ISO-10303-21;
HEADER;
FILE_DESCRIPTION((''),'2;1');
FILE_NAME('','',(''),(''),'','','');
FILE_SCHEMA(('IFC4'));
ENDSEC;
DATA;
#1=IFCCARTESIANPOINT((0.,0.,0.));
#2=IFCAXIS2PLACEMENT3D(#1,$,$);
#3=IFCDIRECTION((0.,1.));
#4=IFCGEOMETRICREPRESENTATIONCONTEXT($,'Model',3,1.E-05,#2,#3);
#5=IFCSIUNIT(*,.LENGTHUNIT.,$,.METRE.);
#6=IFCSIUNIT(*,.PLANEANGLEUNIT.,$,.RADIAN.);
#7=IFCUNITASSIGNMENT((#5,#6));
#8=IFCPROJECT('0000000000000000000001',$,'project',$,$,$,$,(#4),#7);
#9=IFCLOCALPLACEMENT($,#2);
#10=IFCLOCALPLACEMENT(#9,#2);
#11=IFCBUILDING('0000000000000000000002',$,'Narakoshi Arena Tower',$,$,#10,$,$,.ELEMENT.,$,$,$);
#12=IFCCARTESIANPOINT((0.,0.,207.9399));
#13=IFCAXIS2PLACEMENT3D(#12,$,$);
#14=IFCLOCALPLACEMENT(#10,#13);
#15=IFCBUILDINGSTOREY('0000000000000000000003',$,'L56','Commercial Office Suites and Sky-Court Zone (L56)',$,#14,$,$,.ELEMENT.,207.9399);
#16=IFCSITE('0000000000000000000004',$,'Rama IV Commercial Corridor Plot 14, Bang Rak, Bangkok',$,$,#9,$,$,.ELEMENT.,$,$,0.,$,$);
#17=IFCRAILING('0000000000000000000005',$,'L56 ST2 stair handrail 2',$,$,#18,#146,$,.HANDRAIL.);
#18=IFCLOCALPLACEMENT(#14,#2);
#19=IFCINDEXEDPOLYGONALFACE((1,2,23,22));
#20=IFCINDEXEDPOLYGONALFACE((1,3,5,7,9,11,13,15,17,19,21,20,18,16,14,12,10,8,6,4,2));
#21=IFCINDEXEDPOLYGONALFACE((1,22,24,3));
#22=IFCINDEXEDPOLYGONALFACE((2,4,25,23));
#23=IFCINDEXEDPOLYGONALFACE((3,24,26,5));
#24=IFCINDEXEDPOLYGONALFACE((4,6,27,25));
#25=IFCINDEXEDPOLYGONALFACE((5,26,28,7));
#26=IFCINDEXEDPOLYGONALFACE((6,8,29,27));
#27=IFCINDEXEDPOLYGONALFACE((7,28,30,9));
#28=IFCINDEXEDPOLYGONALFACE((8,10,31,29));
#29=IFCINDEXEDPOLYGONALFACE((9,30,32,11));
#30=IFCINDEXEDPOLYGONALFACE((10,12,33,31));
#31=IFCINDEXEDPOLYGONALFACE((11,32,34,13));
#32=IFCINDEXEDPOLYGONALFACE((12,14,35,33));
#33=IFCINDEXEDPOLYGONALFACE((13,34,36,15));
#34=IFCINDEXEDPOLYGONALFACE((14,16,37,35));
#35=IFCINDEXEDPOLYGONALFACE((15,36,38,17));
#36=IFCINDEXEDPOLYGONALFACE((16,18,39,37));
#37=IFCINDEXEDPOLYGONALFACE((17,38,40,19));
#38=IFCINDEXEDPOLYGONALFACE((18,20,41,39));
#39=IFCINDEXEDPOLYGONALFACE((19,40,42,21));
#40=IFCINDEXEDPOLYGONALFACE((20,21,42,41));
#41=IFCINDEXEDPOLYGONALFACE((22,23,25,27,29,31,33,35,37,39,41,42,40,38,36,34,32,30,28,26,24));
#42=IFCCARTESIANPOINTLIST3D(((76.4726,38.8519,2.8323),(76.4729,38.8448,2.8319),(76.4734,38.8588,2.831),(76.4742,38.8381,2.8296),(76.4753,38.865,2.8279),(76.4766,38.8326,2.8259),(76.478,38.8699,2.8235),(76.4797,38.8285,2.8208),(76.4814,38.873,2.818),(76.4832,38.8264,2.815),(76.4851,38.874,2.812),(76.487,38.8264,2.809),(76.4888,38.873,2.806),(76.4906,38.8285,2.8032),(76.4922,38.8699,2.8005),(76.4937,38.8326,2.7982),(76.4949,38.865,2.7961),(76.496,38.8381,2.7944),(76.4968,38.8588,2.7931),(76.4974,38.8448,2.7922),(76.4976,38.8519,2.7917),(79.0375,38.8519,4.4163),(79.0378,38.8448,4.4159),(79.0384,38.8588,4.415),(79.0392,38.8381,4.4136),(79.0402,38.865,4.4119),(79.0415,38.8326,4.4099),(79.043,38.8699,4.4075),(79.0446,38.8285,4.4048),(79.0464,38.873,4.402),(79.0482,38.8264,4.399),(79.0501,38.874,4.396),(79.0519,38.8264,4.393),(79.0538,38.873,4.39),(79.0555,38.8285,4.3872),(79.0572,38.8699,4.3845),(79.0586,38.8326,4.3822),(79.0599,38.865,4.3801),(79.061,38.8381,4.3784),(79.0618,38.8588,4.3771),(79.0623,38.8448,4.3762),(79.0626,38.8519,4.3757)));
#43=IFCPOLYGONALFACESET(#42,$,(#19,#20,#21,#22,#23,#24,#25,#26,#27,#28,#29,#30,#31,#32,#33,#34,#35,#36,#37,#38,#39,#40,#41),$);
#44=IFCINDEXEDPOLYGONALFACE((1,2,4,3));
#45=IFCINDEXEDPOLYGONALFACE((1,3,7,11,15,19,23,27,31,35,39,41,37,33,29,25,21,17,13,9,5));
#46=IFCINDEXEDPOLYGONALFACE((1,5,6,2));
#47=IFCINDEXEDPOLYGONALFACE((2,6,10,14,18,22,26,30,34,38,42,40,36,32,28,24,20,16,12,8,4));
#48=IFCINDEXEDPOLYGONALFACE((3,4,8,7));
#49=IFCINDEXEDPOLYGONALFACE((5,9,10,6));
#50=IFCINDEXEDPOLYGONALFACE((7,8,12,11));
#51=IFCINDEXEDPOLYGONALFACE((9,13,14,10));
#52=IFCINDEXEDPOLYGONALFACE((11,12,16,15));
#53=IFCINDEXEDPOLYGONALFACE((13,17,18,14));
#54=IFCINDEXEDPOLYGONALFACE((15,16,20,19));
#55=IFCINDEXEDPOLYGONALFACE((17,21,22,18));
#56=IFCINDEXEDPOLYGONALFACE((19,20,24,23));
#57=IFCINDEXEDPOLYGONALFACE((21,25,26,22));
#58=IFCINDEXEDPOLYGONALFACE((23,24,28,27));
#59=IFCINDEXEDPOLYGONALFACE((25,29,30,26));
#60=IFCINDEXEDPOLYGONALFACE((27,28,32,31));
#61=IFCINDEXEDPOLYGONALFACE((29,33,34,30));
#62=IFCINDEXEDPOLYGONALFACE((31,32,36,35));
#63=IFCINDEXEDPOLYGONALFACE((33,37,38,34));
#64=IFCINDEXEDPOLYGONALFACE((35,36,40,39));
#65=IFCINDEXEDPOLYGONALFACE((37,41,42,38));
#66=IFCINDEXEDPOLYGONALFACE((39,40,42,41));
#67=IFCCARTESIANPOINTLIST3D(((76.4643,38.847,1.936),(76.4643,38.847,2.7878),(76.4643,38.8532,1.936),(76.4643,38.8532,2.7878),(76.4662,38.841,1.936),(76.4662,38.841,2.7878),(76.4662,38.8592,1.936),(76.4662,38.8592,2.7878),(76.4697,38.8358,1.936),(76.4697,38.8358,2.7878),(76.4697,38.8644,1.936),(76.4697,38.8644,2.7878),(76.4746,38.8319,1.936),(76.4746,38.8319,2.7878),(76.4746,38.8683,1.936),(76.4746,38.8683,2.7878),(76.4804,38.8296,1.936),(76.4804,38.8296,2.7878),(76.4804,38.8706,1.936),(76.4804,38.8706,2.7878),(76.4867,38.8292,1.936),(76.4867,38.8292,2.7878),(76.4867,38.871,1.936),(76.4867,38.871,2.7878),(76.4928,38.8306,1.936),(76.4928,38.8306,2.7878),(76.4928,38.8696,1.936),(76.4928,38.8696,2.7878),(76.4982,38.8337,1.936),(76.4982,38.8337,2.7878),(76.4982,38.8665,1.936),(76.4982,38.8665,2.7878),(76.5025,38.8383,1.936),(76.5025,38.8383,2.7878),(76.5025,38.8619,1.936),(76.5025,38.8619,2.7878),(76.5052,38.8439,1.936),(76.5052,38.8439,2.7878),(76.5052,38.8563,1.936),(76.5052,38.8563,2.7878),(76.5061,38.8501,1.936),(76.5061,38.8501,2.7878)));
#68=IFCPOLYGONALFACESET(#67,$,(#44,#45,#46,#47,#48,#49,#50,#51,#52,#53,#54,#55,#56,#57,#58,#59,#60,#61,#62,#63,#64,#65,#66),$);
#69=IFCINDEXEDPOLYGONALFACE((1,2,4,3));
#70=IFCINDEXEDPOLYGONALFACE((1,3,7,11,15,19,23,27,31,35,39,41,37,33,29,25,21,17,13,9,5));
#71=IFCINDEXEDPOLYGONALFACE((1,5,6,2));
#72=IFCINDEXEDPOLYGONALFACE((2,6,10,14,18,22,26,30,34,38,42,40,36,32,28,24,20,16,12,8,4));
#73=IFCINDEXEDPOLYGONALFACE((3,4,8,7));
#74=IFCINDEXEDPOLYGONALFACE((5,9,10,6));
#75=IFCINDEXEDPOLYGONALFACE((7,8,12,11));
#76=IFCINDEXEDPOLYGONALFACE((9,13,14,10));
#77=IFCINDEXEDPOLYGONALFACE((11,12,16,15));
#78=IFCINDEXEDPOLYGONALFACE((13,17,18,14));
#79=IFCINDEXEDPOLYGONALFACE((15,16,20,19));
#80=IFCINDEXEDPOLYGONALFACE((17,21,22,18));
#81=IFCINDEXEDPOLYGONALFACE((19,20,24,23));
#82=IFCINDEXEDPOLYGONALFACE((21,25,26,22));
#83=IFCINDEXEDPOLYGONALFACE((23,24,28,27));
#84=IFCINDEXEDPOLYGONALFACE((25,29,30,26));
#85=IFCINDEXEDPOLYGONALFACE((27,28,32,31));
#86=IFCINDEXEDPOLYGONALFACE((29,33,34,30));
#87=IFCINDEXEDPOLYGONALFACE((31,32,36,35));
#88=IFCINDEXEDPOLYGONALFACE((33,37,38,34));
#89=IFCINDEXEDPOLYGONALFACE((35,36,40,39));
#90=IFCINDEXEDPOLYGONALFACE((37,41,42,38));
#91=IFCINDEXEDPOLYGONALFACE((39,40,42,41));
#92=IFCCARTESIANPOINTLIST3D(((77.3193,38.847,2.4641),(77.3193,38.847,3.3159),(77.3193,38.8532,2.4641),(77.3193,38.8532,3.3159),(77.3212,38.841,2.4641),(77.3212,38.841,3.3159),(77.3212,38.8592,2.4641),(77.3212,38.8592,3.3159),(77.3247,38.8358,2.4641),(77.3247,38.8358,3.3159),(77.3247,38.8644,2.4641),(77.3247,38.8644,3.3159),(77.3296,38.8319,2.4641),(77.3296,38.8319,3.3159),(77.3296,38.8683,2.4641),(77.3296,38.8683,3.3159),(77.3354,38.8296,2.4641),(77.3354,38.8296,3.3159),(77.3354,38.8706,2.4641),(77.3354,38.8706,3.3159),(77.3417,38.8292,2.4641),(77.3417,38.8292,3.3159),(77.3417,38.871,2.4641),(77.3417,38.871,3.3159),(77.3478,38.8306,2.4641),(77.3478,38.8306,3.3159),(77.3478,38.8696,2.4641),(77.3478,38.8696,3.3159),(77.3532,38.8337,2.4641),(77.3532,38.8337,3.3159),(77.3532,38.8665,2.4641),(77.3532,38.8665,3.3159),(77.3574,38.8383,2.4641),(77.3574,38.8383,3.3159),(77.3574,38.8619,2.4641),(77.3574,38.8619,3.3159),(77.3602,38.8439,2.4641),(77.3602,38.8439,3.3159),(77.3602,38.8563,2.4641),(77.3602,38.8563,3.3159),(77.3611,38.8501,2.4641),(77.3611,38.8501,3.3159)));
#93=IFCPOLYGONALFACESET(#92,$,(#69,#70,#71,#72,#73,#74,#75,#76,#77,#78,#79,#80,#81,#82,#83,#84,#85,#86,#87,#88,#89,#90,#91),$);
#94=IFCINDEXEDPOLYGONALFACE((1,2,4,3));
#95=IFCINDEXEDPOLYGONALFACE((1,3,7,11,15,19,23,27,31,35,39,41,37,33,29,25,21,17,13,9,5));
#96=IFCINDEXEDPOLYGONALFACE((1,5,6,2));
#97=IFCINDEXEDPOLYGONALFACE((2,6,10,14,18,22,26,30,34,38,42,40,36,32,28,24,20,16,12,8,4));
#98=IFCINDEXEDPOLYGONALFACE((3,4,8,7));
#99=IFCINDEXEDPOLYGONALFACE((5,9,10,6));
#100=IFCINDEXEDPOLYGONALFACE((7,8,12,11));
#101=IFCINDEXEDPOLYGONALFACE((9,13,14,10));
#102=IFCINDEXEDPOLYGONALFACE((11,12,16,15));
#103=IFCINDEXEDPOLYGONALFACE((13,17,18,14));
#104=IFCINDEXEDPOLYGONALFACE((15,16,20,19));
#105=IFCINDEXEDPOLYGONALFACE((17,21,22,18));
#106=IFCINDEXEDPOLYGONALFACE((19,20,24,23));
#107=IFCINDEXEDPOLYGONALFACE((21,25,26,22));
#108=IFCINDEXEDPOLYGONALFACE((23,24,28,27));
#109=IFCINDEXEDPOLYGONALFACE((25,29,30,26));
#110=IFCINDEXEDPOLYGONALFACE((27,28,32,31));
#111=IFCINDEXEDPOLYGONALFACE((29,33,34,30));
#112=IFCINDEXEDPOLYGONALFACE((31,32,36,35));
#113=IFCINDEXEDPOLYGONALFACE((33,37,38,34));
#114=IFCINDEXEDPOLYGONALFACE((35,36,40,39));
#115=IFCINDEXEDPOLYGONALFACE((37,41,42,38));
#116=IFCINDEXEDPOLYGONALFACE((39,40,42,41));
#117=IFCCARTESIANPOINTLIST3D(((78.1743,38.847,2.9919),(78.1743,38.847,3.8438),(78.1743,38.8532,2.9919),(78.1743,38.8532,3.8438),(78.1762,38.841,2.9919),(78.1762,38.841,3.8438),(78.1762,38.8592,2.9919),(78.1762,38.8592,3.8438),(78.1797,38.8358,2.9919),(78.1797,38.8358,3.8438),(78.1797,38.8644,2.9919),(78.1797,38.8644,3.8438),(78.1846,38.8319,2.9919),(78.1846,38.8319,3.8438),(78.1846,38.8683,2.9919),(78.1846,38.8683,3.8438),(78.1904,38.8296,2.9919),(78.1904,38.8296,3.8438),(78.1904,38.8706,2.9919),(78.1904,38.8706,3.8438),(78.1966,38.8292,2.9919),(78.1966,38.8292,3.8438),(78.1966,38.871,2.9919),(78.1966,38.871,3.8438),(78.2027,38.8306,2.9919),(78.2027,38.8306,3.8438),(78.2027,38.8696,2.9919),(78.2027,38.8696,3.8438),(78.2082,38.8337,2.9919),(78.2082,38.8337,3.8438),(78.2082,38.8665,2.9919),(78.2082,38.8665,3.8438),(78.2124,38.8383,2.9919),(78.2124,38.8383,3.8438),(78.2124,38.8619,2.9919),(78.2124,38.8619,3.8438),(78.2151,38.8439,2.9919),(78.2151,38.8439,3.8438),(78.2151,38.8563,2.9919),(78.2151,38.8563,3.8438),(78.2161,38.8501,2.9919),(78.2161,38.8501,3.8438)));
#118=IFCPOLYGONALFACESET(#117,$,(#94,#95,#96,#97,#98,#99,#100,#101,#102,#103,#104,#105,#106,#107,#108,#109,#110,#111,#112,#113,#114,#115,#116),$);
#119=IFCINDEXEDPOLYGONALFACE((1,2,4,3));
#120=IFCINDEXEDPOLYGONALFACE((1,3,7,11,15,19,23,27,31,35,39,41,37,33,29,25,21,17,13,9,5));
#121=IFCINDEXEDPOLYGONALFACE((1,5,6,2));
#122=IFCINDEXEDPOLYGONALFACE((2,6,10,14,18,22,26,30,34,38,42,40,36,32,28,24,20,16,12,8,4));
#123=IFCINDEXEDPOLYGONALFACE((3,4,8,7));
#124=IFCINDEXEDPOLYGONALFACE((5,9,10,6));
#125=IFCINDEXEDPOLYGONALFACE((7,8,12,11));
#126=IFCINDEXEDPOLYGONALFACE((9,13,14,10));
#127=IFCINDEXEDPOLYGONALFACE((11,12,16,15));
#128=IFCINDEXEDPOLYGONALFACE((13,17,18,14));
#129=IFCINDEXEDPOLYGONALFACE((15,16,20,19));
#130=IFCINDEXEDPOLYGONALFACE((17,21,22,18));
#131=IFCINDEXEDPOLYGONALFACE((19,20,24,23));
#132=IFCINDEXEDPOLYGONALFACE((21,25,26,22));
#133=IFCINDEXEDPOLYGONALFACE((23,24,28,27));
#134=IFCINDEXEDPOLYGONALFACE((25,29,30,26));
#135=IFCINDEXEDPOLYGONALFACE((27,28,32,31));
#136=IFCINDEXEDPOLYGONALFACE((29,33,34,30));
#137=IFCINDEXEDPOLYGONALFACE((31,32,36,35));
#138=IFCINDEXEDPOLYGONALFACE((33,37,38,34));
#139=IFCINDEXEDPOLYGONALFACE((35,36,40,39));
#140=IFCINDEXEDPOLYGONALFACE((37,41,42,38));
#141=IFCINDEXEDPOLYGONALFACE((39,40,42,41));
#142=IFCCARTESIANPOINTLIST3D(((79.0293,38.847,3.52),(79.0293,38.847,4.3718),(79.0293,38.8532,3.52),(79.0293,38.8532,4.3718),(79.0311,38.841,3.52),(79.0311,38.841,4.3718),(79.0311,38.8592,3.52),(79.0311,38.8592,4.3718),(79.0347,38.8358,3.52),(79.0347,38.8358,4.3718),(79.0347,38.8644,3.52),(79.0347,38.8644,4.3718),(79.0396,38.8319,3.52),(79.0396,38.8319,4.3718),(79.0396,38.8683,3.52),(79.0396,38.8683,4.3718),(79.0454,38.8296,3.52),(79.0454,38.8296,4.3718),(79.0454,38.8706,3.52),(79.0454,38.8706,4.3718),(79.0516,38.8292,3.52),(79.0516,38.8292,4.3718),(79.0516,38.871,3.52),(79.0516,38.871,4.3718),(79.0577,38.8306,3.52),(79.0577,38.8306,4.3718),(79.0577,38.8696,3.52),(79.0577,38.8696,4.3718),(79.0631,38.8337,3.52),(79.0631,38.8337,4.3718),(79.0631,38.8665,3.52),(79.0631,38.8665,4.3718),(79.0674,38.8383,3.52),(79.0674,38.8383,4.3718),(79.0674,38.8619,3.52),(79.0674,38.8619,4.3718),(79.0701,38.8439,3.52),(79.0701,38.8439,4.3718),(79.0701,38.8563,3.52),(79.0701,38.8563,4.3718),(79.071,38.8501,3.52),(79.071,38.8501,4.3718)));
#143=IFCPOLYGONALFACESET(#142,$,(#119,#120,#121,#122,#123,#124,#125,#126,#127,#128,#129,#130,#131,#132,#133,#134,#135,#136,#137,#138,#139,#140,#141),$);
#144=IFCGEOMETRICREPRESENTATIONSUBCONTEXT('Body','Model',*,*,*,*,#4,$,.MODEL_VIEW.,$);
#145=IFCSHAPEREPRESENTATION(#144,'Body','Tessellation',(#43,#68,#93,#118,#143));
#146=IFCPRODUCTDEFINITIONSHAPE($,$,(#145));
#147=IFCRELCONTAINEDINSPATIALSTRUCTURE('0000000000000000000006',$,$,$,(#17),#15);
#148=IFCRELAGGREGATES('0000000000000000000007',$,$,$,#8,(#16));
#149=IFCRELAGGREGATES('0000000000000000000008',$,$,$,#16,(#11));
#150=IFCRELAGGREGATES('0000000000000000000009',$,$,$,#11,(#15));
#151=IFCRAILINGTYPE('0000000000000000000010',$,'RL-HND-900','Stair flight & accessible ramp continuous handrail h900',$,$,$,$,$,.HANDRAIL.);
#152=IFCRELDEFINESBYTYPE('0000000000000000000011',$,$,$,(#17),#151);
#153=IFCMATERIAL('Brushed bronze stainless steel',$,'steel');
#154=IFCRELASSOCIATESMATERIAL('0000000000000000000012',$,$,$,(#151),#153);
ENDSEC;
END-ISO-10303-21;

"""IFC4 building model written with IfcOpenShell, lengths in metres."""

from ifc_helpers import new_model, si_unit, direction, frame, origin, origin_2d, place, context, subcontext, project, spatial, circle, extrude, material, type_object, element, save


model = new_model("IFC4")

# Units and contexts
model_context = context("Model", 3, precision=1e-05, world=origin(), true_north=direction((0.0, 1.0)))
body_context = subcontext(model_context, "Body", "Model", "MODEL_VIEW")
ifc_project = project(units=[si_unit("LENGTHUNIT", "METRE"), si_unit("PLANEANGLEUNIT", "RADIAN")], contexts=[model_context])

# Site, building, storey
site_placement = place(None, origin())
site = spatial("IfcSite", under=ifc_project, at=site_placement, Name="Rama IV Commercial Corridor Plot 14, Bang Rak, Bangkok", CompositionType="ELEMENT", RefElevation=0.0)
building_placement = place(site_placement, origin())
building = spatial("IfcBuilding", under=site, at=building_placement, Name="Narakoshi Arena Tower", CompositionType="ELEMENT")
storey_placement = place(building_placement, frame((0.0, 0.0, 207.9399)))
storey = spatial("IfcBuildingStorey", under=building, at=storey_placement, Name="L56", Description="Commercial Office Suites and Sky-Court Zone (L56)", CompositionType="ELEMENT", Elevation=207.9399)

# Railing
ifc_material_1 = material(Name="Brushed bronze stainless steel", Category="steel")
railing_type_1 = type_object("IfcRailingType", Name="RL-HND-900", Description="Stair flight & accessible ramp continuous handrail h900", PredefinedType="HANDRAIL", material=ifc_material_1)
railing_1_placement = place(storey_placement, frame((76.4851, 38.8501, 1.936)))
element("IfcRailing", 1, at=railing_1_placement, inside=storey, type_object=railing_type_1, Name="L56 ST2 stair handrail 2", PredefinedType="HANDRAIL", context=body_context, shape_type="SweptSolid", body=[
    extrude(circle(Radius=0.0239, at=origin_2d()), frame((0.0, 0.0, 0.876), z_axis=(0.850834, 0.0, 0.525434), x_axis=(0.0, 1.0, 0.0)), (0.0, 0.0, 1.0), 3.0146),
    extrude(circle(Radius=0.021, at=origin_2d()), origin(), (0.0, 0.0, 1.0), 0.8518),
    extrude(circle(Radius=0.021, at=origin_2d()), frame((0.855, 0.0, 0.5281)), (0.0, 0.0, 1.0), 0.8518),
    extrude(circle(Radius=0.021, at=origin_2d()), frame((1.71, 0.0, 1.0559)), (0.0, 0.0, 1.0), 0.8518),
    extrude(circle(Radius=0.021, at=origin_2d()), frame((2.5649, 0.0, 1.584)), (0.0, 0.0, 1.0), 0.8518),
])

save(model, "model.ifc")
